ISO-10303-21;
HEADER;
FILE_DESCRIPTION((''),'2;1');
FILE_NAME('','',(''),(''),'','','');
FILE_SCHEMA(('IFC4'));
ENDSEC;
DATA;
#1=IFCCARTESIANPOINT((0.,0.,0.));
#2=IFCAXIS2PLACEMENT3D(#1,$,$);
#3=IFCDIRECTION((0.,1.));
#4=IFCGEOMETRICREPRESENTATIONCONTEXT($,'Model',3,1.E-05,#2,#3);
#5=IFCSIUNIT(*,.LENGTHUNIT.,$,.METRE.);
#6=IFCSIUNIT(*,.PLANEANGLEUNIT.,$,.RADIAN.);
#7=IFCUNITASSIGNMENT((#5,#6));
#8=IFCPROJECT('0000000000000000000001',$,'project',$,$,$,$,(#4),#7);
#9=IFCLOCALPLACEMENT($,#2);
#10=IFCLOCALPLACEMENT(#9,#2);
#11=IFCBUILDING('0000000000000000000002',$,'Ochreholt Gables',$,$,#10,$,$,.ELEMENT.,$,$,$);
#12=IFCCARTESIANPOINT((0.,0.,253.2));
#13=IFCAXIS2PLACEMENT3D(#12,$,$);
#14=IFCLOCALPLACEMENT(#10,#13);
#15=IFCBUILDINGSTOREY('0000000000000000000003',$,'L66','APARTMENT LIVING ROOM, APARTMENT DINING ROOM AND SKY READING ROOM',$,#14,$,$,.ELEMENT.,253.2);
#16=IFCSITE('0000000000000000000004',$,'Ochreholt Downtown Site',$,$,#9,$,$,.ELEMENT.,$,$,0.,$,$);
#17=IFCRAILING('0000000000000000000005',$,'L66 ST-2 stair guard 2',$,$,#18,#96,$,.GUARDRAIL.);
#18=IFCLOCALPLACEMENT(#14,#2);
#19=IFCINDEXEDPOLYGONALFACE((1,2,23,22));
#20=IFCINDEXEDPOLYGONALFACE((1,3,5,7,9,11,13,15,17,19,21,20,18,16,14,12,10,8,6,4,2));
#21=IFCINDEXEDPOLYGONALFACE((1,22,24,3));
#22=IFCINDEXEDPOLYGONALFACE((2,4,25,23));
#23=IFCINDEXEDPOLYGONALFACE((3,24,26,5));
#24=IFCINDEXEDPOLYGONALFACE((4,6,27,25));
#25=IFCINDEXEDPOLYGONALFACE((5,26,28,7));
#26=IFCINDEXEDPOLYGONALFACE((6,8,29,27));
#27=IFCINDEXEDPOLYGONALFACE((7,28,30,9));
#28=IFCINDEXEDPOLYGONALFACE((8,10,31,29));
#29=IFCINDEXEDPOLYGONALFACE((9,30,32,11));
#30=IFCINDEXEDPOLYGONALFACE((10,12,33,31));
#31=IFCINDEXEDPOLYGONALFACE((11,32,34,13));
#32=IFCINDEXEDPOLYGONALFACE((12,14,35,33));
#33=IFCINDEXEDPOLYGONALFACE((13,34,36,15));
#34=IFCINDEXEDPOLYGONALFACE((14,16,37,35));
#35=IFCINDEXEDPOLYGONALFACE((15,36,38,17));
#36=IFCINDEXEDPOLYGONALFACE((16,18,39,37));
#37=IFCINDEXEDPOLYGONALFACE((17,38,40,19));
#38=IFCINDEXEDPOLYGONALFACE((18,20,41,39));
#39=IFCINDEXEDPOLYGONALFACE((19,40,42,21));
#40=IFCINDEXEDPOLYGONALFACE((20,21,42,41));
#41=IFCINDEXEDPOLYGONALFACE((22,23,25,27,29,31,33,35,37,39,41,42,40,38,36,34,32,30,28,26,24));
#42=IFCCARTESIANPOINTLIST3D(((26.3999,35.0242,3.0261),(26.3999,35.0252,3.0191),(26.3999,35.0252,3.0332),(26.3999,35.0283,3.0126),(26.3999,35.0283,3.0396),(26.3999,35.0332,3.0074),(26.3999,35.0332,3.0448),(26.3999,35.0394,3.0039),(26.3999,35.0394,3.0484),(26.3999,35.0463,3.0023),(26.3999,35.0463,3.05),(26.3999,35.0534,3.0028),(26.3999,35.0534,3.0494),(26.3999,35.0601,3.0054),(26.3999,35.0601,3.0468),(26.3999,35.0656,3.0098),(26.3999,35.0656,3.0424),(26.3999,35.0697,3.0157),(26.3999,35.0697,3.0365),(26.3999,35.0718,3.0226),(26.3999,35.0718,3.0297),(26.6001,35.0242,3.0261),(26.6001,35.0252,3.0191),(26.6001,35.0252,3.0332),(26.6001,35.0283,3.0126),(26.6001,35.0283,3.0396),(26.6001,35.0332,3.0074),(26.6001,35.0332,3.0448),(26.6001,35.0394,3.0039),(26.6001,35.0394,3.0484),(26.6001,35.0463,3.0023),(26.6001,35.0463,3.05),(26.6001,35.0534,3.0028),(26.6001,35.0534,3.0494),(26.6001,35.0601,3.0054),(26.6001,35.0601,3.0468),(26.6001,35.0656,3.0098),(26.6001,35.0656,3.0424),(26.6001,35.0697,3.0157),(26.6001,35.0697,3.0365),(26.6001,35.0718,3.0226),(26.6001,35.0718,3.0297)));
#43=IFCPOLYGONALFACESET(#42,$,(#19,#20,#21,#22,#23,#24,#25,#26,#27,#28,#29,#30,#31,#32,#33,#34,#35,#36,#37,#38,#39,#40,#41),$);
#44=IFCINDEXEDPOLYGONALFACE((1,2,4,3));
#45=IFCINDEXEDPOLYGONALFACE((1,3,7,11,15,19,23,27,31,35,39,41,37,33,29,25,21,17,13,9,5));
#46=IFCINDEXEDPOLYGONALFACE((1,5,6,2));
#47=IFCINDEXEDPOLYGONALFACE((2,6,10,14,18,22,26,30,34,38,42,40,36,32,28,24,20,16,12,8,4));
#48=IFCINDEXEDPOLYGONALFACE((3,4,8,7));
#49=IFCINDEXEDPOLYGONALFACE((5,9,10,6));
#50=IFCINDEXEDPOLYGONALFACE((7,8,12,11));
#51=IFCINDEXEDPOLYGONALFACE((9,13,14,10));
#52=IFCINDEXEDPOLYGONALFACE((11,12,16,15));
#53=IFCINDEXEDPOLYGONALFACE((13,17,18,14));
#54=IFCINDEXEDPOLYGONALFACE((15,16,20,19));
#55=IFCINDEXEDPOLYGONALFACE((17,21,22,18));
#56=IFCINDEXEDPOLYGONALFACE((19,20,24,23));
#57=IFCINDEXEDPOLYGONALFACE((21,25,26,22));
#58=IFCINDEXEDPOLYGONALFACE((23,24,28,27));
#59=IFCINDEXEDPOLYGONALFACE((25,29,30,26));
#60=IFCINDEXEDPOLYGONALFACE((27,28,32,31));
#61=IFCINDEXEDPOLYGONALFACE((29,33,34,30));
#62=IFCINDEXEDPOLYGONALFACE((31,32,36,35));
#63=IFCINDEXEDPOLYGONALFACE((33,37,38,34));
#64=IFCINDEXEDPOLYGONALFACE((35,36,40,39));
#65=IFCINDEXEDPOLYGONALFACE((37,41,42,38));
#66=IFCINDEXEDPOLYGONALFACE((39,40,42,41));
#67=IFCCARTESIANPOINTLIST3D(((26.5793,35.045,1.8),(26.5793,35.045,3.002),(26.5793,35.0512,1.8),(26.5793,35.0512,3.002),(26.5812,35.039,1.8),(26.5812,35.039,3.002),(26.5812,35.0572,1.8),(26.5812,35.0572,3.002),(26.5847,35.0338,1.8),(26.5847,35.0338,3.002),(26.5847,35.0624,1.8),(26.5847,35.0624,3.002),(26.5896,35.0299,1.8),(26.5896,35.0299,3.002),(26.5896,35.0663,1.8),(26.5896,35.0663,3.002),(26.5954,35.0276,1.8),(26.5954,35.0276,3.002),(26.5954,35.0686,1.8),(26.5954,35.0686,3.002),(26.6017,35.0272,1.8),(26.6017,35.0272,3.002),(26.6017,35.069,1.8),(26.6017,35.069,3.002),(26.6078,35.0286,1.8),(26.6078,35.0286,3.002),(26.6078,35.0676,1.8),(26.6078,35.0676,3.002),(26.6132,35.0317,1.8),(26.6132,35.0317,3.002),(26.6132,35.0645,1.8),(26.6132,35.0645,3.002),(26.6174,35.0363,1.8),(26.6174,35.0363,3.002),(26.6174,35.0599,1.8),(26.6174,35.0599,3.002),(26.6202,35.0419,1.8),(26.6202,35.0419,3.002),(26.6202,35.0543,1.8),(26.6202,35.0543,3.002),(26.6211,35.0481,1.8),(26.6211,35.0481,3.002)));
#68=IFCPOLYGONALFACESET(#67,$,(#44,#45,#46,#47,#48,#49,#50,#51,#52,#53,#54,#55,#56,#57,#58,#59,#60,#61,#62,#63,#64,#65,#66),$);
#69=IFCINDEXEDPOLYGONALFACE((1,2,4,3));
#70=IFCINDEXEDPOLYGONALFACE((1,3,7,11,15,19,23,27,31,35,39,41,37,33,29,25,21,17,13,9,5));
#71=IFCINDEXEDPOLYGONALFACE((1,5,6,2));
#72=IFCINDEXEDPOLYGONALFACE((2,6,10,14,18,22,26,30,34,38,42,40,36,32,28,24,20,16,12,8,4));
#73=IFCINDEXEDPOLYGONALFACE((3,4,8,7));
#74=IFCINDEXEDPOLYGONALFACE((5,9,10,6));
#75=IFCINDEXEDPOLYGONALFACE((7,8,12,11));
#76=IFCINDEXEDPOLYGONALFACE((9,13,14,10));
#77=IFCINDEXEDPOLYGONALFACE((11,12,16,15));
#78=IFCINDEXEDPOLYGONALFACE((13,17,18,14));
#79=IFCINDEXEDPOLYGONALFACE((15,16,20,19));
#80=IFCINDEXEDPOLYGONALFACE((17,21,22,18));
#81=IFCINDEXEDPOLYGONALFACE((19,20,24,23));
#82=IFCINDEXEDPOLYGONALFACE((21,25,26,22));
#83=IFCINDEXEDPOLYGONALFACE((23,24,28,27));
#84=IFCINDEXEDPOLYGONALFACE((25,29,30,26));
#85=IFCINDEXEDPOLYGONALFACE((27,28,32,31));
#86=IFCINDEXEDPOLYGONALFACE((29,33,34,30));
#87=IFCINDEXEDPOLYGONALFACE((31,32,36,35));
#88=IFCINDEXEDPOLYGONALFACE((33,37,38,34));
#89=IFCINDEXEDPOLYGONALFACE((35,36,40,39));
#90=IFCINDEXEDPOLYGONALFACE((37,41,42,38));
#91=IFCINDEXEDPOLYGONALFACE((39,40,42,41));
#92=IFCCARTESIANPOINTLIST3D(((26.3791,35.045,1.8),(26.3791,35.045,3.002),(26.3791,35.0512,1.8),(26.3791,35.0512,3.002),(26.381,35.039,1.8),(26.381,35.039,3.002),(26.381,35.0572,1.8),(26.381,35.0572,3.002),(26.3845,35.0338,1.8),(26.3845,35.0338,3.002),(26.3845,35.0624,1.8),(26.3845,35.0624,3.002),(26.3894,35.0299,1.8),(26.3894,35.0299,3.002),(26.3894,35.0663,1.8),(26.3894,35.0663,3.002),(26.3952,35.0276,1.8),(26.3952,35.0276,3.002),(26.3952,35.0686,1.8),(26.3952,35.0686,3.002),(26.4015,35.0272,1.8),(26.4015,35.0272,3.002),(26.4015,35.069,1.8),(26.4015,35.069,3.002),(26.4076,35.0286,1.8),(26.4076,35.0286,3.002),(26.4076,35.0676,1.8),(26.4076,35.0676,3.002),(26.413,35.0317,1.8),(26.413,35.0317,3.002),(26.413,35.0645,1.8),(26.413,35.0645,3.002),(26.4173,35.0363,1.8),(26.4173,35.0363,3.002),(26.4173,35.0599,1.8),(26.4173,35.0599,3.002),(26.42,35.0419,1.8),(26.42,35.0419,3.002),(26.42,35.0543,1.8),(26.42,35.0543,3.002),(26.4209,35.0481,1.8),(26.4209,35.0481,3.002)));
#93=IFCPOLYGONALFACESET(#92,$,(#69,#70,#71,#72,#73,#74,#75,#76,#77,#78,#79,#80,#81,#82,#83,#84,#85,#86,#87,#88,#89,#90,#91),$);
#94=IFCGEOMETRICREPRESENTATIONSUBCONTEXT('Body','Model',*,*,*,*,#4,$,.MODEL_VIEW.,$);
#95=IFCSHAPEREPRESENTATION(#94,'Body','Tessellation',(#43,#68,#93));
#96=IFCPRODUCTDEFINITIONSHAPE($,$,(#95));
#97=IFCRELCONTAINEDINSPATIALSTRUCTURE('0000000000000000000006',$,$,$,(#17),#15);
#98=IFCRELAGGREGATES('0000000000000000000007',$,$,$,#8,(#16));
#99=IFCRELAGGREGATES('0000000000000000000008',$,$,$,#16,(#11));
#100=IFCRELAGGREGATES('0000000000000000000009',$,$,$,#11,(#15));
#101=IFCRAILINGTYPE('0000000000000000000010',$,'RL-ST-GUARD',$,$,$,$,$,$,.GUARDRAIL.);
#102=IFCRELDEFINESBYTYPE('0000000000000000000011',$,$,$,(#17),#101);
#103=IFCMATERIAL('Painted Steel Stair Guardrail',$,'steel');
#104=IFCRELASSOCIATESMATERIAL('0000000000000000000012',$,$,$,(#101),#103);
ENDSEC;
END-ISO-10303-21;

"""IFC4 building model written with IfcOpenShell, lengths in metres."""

from ifc_helpers import new_model, si_unit, direction, frame, origin, origin_2d, place, context, subcontext, project, spatial, circle, extrude, material, type_object, element, save


model = new_model("IFC4")

# Units and contexts
model_context = context("Model", 3, precision=1e-05, world=origin(), true_north=direction((0.0, 1.0)))
body_context = subcontext(model_context, "Body", "Model", "MODEL_VIEW")
ifc_project = project(units=[si_unit("LENGTHUNIT", "METRE"), si_unit("PLANEANGLEUNIT", "RADIAN")], contexts=[model_context])

# Site, building, storey
site_placement = place(None, origin())
site = spatial("IfcSite", under=ifc_project, at=site_placement, Name="Ochreholt Downtown Site", CompositionType="ELEMENT", RefElevation=0.0)
building_placement = place(site_placement, origin())
building = spatial("IfcBuilding", under=site, at=building_placement, Name="Ochreholt Gables", CompositionType="ELEMENT")
storey_placement = place(building_placement, frame((0.0, 0.0, 253.2)))
storey = spatial("IfcBuildingStorey", under=building, at=storey_placement, Name="L66", Description="APARTMENT LIVING ROOM, APARTMENT DINING ROOM AND SKY READING ROOM", CompositionType="ELEMENT", Elevation=253.2)

# Railing
ifc_material_1 = material(Name="Painted Steel Stair Guardrail", Category="steel")
railing_type_1 = type_object("IfcRailingType", Name="RL-ST-GUARD", PredefinedType="GUARDRAIL", material=ifc_material_1)
railing_1_placement = place(storey_placement, frame((26.6001, 35.0481, 1.8)))
element("IfcRailing", 1, at=railing_1_placement, inside=storey, type_object=railing_type_1, Name="L66 ST-2 stair guard 2", PredefinedType="GUARDRAIL", context=body_context, shape_type="SweptSolid", body=[
    extrude(circle(Radius=0.0239, at=origin_2d()), frame((0.0, 0.0, 1.2261), z_axis=(-1.0, 0.0, 0.0), x_axis=(0.0, -1.0, 0.0)), (0.0, 0.0, 1.0), 0.2002),
    extrude(circle(Radius=0.021, at=origin_2d()), origin(), (0.0, 0.0, 1.0), 1.2019),
    extrude(circle(Radius=0.021, at=origin_2d()), frame((-0.2002, 0.0, 0.0)), (0.0, 0.0, 1.0), 1.2019),
])

save(model, "model.ifc")
